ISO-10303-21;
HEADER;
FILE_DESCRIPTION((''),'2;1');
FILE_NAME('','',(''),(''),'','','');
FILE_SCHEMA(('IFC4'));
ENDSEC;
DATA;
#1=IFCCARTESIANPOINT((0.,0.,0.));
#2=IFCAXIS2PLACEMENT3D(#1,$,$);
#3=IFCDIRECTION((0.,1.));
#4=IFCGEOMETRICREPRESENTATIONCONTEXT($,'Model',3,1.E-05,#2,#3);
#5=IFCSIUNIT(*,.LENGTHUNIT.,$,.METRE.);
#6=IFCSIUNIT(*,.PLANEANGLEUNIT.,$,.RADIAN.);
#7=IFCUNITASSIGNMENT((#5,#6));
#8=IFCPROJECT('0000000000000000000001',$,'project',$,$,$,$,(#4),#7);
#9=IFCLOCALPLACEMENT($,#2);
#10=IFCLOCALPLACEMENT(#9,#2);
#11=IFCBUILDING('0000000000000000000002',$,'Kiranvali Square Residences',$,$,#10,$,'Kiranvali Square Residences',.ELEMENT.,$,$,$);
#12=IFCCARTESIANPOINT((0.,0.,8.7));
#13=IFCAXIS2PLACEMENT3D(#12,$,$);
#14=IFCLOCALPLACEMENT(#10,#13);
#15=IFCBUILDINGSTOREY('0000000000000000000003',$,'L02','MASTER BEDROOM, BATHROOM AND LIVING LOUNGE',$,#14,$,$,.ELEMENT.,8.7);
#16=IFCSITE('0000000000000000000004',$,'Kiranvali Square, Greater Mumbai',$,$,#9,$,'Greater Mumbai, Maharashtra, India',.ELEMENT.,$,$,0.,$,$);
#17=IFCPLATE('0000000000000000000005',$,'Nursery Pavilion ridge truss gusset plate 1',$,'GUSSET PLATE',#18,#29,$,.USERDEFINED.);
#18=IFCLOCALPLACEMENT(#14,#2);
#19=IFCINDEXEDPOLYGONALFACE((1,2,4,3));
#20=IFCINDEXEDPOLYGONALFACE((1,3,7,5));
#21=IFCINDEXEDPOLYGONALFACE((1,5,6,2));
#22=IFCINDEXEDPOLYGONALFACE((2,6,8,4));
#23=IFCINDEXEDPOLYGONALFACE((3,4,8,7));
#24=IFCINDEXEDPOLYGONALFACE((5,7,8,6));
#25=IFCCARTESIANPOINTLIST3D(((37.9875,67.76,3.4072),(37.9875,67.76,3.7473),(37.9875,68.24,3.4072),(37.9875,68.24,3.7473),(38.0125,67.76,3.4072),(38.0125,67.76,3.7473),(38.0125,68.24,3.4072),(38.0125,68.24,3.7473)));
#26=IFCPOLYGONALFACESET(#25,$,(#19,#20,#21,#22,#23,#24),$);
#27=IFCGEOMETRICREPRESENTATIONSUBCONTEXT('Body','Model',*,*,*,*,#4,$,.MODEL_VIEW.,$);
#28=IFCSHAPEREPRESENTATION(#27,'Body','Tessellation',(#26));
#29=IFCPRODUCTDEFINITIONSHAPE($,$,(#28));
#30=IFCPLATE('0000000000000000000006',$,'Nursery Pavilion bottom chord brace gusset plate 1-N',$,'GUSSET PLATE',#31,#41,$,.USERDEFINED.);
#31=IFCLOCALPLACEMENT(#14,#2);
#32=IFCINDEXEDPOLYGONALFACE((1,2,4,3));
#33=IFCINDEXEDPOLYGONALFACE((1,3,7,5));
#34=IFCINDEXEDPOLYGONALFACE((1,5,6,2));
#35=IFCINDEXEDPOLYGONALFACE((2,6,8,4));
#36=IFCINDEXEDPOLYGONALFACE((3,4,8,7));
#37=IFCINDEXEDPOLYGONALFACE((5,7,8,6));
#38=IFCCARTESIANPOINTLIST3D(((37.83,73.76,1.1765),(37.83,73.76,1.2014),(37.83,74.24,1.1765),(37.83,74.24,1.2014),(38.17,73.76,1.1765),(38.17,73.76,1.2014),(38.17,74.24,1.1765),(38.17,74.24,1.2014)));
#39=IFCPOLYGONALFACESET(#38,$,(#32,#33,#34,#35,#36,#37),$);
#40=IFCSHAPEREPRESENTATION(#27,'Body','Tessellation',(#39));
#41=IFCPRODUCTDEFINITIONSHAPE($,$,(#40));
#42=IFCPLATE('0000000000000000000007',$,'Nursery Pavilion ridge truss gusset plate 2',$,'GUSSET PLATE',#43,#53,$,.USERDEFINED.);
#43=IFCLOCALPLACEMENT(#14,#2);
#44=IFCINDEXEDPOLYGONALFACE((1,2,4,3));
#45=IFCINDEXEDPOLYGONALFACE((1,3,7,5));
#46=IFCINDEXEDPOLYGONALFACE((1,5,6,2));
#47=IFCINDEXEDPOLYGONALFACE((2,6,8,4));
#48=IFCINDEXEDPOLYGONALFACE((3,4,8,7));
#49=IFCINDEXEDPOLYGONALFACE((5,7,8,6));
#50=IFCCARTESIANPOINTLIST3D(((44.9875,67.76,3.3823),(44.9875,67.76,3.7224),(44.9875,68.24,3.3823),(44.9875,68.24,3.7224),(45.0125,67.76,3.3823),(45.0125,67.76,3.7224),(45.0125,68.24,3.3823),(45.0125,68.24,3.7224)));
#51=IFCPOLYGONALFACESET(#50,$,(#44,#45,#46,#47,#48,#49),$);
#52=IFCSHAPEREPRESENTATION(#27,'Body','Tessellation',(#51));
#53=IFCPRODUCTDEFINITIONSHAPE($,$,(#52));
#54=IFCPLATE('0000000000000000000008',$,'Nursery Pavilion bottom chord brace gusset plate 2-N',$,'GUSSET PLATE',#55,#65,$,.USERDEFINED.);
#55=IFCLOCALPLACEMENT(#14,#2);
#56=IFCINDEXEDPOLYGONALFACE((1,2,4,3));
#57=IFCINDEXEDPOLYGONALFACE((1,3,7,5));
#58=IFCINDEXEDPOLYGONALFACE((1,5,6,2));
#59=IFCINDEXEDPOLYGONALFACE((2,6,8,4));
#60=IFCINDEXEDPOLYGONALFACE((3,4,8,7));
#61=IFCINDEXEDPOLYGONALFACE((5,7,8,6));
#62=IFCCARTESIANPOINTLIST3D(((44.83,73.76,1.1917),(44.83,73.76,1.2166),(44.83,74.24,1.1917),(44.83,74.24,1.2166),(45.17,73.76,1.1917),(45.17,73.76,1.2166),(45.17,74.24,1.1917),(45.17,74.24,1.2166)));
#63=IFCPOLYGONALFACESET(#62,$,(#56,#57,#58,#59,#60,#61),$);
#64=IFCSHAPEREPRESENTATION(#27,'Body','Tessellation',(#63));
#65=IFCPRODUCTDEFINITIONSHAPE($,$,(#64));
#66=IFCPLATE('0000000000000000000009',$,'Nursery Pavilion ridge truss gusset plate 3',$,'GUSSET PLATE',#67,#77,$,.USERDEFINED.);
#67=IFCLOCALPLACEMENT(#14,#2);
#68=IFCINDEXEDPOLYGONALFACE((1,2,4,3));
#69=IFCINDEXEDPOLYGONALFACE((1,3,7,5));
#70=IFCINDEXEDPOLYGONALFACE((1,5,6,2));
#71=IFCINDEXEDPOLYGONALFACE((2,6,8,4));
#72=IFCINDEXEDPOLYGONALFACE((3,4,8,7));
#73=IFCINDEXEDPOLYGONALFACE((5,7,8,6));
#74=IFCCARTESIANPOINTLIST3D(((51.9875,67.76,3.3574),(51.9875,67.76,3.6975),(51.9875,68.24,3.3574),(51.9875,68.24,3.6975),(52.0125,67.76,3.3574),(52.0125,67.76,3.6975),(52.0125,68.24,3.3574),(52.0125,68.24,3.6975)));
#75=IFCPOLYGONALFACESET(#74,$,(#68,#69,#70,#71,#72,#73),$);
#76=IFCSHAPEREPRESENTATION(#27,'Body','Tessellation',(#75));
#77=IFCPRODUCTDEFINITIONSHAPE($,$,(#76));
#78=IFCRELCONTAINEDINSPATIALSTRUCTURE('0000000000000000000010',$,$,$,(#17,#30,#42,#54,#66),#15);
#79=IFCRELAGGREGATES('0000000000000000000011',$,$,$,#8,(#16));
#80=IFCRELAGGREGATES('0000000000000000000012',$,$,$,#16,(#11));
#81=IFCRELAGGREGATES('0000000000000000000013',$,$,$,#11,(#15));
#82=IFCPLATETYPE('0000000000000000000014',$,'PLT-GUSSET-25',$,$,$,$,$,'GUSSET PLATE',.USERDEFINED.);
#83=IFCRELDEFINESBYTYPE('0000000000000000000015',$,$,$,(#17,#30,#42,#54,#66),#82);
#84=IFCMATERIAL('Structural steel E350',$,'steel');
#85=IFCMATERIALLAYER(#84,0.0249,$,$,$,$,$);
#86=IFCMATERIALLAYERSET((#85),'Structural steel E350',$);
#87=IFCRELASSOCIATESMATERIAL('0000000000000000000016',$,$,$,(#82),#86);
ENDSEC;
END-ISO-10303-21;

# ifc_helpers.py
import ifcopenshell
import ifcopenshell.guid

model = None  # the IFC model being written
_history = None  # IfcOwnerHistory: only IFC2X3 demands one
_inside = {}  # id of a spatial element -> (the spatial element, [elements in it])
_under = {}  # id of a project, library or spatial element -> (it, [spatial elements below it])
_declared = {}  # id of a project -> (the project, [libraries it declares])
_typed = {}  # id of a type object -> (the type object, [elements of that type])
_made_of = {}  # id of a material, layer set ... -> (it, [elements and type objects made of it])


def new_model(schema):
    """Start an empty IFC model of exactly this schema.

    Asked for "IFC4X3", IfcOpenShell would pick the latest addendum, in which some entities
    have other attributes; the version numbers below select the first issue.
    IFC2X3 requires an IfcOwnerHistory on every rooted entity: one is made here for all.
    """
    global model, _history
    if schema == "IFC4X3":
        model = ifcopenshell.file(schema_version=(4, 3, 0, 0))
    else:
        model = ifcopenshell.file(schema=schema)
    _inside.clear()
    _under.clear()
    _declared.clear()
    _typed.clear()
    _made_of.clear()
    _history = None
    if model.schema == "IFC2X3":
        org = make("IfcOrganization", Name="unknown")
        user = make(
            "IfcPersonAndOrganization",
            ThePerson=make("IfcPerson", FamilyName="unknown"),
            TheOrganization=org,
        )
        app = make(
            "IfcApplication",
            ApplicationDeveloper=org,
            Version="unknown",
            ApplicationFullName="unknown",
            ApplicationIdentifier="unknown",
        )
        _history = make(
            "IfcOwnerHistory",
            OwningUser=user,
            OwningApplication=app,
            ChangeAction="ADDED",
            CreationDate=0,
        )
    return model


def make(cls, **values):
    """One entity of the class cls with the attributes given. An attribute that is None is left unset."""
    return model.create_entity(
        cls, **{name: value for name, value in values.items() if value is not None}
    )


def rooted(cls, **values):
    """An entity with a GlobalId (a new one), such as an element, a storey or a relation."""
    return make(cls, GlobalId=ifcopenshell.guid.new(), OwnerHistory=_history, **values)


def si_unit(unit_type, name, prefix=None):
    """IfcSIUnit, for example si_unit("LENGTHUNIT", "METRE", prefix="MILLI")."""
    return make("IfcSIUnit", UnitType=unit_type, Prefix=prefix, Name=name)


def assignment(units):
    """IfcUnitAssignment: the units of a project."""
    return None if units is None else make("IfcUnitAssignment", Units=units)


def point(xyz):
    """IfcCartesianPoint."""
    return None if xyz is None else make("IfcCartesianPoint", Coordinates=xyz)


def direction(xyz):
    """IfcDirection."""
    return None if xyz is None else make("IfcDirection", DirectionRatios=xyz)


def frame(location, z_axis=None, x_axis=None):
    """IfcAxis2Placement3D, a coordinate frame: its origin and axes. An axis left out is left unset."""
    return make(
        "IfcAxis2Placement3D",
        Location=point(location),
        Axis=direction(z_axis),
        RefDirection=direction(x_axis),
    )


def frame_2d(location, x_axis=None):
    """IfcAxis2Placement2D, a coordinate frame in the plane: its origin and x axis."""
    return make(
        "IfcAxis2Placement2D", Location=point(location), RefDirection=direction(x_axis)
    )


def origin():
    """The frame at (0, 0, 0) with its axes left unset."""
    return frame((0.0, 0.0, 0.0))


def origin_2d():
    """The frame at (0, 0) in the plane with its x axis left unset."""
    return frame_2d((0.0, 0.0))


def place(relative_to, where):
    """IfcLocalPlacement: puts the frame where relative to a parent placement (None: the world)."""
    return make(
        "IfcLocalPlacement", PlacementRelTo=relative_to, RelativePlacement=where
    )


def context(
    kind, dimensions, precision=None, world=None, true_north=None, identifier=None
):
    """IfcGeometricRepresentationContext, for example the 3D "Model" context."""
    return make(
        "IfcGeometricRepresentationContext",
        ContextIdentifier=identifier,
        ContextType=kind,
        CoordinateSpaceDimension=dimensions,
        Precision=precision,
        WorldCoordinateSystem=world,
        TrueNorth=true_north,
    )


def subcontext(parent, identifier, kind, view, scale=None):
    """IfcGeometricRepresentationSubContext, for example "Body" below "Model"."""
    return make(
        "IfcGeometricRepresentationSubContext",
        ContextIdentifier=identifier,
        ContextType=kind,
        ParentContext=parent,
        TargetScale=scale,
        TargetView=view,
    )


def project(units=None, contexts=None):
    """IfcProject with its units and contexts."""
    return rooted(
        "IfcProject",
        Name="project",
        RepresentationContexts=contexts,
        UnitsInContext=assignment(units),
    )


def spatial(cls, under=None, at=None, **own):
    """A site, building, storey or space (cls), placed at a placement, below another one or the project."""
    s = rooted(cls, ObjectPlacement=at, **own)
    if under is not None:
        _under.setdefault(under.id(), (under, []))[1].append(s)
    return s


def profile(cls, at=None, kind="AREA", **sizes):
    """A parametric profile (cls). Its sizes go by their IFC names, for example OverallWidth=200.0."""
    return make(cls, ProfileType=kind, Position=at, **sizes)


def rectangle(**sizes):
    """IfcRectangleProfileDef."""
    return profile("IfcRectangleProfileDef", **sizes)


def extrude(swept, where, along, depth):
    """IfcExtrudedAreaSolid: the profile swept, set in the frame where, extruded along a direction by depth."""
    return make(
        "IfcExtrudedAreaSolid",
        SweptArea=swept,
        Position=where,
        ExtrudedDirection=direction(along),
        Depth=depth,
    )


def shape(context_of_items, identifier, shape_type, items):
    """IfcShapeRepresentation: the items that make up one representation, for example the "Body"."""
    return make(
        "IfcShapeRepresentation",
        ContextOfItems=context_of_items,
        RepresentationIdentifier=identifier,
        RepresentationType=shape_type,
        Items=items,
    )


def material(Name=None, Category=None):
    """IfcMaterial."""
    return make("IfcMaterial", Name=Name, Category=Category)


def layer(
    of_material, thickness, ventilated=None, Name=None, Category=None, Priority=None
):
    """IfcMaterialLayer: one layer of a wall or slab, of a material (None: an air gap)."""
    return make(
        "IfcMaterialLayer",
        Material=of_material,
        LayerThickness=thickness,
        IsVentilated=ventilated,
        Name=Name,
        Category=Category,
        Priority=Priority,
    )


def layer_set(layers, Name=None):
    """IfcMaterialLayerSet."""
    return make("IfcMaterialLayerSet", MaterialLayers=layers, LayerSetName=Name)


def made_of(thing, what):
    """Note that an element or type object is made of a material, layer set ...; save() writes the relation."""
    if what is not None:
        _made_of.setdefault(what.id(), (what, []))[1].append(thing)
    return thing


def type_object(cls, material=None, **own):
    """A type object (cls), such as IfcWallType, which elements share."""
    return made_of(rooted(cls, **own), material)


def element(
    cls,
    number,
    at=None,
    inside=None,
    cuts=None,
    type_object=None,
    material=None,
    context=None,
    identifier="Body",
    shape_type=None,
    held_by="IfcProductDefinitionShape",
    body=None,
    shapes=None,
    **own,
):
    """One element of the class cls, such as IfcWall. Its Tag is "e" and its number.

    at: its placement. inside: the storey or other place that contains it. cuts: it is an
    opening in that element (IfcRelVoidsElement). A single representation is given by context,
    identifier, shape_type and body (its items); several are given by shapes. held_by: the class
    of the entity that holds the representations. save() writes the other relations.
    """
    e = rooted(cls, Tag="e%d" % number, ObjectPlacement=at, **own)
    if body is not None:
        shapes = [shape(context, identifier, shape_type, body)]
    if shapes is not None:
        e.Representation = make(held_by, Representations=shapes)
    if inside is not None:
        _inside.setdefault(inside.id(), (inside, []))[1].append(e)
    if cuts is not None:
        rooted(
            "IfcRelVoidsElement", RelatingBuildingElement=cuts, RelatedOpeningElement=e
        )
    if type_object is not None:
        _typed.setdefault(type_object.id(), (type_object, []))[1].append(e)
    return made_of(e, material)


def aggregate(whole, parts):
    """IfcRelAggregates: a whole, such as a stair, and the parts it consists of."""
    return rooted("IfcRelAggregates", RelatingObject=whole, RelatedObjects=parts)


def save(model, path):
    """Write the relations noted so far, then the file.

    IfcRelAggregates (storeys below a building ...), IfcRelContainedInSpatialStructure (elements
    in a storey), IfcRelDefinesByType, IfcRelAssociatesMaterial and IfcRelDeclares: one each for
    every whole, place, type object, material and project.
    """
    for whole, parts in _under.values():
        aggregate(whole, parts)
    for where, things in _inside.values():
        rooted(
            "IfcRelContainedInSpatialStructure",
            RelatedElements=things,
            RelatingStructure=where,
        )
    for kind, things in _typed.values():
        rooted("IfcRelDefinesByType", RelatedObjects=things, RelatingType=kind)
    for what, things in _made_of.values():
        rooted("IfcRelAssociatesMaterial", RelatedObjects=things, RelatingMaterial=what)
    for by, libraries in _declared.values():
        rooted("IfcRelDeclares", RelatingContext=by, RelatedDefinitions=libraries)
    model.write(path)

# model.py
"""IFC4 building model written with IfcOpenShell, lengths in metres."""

from ifc_helpers import new_model, si_unit, direction, frame, origin, origin_2d, place, context, subcontext, project, spatial, rectangle, extrude, material, layer, layer_set, type_object, element, save


model = new_model("IFC4")

# Units and contexts
model_context = context("Model", 3, precision=1e-05, world=origin(), true_north=direction((0.0, 1.0)))
body_context = subcontext(model_context, "Body", "Model", "MODEL_VIEW")
ifc_project = project(units=[si_unit("LENGTHUNIT", "METRE"), si_unit("PLANEANGLEUNIT", "RADIAN")], contexts=[model_context])

# Site, building, storey
site_placement = place(None, origin())
site = spatial("IfcSite", under=ifc_project, at=site_placement, Name="Kiranvali Square, Greater Mumbai", LongName="Greater Mumbai, Maharashtra, India", CompositionType="ELEMENT", RefElevation=0.0)
building_placement = place(site_placement, origin())
building = spatial("IfcBuilding", under=site, at=building_placement, Name="Kiranvali Square Residences", LongName="Kiranvali Square Residences", CompositionType="ELEMENT")
storey_placement = place(building_placement, frame((0.0, 0.0, 8.7)))
storey = spatial("IfcBuildingStorey", under=building, at=storey_placement, Name="L02", Description="MASTER BEDROOM, BATHROOM AND LIVING LOUNGE", CompositionType="ELEMENT", Elevation=8.7)

# Shared definitions
ifc_material_1 = material(Name="Structural steel E350", Category="steel")

# Plates
ifc_layer_1 = layer(ifc_material_1, 0.0249)
ifc_layer_set_1 = layer_set([ifc_layer_1], Name="Structural steel E350")
plate_type_1 = type_object("IfcPlateType", Name="PLT-GUSSET-25", ElementType="GUSSET PLATE", PredefinedType="USERDEFINED", material=ifc_layer_set_1)
plate_1_placement = place(storey_placement, frame((38.0, 68.0, 3.4072), z_axis=(0.0, 0.0, 1.0), x_axis=(1.0, 0.0, 0.0)))
element("IfcPlate", 1, at=plate_1_placement, inside=storey, type_object=plate_type_1, Name="Nursery Pavilion ridge truss gusset plate 1", ObjectType="GUSSET PLATE", PredefinedType="USERDEFINED", context=body_context, shape_type="SweptSolid", body=[
    extrude(rectangle(XDim=0.0249, YDim=0.48, at=origin_2d()), origin(), (0.0, 0.0, 1.0), 0.3401),
])
plate_2_placement = place(storey_placement, frame((38.0, 74.0, 1.1765), z_axis=(0.0, 0.0, 1.0), x_axis=(1.0, 0.0, 0.0)))
element("IfcPlate", 2, at=plate_2_placement, inside=storey, type_object=plate_type_1, Name="Nursery Pavilion bottom chord brace gusset plate 1-N", ObjectType="GUSSET PLATE", PredefinedType="USERDEFINED", context=body_context, shape_type="SweptSolid", body=[
    extrude(rectangle(XDim=0.3401, YDim=0.48, at=origin_2d()), origin(), (0.0, 0.0, 1.0), 0.0249),
])
plate_3_placement = place(storey_placement, frame((45.0, 68.0, 3.3823), z_axis=(0.0, 0.0, 1.0), x_axis=(1.0, 0.0, 0.0)))
element("IfcPlate", 3, at=plate_3_placement, inside=storey, type_object=plate_type_1, Name="Nursery Pavilion ridge truss gusset plate 2", ObjectType="GUSSET PLATE", PredefinedType="USERDEFINED", context=body_context, shape_type="SweptSolid", body=[
    extrude(rectangle(XDim=0.0249, YDim=0.48, at=origin_2d()), origin(), (0.0, 0.0, 1.0), 0.3401),
])
plate_4_placement = place(storey_placement, frame((45.0, 74.0, 1.1917), z_axis=(0.0, 0.0, 1.0), x_axis=(1.0, 0.0, 0.0)))
element("IfcPlate", 4, at=plate_4_placement, inside=storey, type_object=plate_type_1, Name="Nursery Pavilion bottom chord brace gusset plate 2-N", ObjectType="GUSSET PLATE", PredefinedType="USERDEFINED", context=body_context, shape_type="SweptSolid", body=[
    extrude(rectangle(XDim=0.3401, YDim=0.48, at=origin_2d()), origin(), (0.0, 0.0, 1.0), 0.0249),
])
plate_5_placement = place(storey_placement, frame((52.0, 68.0, 3.3574), z_axis=(0.0, 0.0, 1.0), x_axis=(1.0, 0.0, 0.0)))
element("IfcPlate", 5, at=plate_5_placement, inside=storey, type_object=plate_type_1, Name="Nursery Pavilion ridge truss gusset plate 3", ObjectType="GUSSET PLATE", PredefinedType="USERDEFINED", context=body_context, shape_type="SweptSolid", body=[
    extrude(rectangle(XDim=0.0249, YDim=0.48, at=origin_2d()), origin(), (0.0, 0.0, 1.0), 0.3401),
])

save(model, "model.ifc")
